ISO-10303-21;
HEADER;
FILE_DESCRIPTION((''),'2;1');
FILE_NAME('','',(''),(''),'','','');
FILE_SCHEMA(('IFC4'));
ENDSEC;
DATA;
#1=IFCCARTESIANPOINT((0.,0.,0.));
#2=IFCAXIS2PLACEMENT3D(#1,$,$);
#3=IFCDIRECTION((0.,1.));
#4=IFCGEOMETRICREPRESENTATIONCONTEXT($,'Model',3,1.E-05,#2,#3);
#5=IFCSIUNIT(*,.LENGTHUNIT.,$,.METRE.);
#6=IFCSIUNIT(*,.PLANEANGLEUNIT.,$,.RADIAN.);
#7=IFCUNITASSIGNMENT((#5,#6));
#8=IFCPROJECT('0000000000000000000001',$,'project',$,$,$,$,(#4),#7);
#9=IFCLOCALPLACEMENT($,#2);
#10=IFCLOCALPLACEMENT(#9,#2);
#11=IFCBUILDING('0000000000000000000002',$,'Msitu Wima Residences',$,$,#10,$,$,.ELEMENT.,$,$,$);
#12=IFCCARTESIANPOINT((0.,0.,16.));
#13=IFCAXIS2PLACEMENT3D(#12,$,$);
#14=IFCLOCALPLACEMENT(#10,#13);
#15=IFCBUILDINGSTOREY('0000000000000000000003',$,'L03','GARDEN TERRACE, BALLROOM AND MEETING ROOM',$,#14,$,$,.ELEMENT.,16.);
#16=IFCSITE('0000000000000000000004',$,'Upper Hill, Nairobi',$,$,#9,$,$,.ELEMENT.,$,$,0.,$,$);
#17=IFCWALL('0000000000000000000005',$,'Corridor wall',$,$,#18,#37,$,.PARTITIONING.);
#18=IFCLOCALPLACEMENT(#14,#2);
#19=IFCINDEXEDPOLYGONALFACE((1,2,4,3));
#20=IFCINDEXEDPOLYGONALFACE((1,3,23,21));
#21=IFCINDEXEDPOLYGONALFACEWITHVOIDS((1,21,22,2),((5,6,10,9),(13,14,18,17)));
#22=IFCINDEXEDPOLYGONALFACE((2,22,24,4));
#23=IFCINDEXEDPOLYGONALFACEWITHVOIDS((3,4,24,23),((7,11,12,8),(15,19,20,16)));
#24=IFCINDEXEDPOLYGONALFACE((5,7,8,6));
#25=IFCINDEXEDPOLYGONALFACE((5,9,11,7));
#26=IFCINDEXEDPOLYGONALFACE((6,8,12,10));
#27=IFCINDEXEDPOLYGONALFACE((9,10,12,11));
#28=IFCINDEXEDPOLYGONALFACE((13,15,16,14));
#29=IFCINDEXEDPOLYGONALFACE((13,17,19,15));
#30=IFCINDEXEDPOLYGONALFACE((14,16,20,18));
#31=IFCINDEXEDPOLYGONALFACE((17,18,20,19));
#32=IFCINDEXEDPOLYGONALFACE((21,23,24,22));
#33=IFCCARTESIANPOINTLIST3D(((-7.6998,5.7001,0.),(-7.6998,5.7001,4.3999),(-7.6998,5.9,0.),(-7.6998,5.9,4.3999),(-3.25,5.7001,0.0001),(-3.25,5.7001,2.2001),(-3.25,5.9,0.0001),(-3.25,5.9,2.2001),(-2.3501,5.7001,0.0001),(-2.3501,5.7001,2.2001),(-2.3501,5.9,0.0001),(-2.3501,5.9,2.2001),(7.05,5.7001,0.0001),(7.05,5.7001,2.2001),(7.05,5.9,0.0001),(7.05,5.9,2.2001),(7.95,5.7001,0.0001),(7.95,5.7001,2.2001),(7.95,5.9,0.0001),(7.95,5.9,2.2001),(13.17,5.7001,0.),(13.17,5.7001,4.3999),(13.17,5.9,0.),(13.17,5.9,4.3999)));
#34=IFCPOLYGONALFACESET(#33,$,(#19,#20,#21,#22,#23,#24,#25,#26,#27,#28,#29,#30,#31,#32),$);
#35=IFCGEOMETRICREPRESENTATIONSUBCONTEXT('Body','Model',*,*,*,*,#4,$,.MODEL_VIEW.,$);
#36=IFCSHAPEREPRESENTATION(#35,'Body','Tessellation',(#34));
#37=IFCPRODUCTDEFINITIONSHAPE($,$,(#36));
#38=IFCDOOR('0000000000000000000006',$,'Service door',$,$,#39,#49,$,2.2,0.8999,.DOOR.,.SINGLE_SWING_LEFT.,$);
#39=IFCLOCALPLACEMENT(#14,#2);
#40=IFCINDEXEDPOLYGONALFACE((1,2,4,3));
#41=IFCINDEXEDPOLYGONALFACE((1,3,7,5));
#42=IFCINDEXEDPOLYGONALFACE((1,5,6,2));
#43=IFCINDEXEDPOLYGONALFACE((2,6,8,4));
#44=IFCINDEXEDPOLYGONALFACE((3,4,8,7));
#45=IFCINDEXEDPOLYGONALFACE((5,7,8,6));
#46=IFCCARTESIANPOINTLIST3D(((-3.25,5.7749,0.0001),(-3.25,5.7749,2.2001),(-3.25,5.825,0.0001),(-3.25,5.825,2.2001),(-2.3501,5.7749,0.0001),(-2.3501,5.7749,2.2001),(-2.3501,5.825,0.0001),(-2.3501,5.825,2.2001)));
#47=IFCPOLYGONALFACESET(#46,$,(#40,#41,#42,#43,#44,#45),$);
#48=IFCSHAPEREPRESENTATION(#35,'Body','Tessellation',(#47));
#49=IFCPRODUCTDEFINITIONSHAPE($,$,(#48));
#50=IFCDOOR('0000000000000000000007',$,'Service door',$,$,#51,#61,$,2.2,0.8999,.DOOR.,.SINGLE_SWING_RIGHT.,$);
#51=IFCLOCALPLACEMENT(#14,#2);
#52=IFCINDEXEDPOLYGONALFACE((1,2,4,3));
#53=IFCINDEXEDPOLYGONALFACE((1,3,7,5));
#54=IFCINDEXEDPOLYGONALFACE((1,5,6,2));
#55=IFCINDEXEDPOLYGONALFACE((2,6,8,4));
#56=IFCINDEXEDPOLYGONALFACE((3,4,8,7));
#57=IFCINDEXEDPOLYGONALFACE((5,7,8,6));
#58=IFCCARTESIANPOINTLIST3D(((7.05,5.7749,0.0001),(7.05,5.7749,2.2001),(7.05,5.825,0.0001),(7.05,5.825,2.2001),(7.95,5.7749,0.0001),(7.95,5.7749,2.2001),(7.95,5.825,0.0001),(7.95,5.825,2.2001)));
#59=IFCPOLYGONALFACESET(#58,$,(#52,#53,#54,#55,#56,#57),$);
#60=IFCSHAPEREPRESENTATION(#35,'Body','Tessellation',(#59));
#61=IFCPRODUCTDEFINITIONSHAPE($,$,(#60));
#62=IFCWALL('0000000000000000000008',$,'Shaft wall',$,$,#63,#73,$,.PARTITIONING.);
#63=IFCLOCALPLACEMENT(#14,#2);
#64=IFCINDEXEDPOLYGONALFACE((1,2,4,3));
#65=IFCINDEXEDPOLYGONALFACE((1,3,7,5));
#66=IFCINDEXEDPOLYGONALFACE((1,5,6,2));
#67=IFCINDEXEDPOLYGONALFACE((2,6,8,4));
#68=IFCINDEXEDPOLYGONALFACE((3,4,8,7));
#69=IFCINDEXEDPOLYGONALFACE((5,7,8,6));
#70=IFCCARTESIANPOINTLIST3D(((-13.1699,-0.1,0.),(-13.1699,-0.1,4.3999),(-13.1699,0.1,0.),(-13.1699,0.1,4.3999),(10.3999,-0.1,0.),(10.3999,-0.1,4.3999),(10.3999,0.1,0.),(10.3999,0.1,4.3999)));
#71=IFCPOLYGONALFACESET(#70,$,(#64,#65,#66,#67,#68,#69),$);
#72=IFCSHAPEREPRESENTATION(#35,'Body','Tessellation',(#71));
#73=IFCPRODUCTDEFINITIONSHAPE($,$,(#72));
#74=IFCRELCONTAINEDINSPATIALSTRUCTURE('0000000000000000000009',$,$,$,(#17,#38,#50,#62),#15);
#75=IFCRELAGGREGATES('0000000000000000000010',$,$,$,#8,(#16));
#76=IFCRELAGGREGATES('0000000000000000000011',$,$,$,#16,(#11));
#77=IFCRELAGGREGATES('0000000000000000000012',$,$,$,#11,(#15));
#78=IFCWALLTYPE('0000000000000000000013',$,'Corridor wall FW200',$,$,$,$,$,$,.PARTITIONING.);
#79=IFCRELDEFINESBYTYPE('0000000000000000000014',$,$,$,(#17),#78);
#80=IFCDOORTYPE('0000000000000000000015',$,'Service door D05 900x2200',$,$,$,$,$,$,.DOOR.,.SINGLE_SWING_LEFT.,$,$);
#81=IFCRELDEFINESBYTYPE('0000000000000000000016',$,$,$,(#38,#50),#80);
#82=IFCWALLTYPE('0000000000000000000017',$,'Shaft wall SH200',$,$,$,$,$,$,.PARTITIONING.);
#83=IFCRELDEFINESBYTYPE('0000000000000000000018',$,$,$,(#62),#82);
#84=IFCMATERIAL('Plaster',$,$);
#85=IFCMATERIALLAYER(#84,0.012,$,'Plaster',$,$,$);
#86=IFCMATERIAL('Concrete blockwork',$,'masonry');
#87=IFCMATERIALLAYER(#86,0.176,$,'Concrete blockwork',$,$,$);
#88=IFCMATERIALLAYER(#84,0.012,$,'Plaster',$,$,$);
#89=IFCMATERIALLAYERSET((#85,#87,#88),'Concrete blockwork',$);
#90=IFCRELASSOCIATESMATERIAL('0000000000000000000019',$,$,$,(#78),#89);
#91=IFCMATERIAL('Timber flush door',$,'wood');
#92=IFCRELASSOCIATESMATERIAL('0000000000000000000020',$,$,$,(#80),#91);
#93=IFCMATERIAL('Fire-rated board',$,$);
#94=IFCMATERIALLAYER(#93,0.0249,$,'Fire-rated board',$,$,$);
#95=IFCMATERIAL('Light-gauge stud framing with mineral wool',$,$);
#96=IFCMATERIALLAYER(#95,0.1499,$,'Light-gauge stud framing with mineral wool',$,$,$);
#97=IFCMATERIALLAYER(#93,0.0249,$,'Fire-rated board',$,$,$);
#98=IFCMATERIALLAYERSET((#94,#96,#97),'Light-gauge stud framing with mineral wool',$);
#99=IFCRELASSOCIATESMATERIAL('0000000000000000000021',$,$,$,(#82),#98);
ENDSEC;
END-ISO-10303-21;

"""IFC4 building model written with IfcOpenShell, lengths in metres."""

from ifc_helpers import new_model, si_unit, direction, frame, frame_2d, origin, place, context, subcontext, project, spatial, rectangle, extrude, material, layer, layer_set, type_object, element, fill, save


model = new_model("IFC4")

# Units and contexts
model_context = context("Model", 3, precision=1e-05, world=origin(), true_north=direction((0.0, 1.0)))
body_context = subcontext(model_context, "Body", "Model", "MODEL_VIEW")
ifc_project = project(units=[si_unit("LENGTHUNIT", "METRE"), si_unit("PLANEANGLEUNIT", "RADIAN")], contexts=[model_context])

# Site, building, storey
site_placement = place(None, origin())
site = spatial("IfcSite", under=ifc_project, at=site_placement, Name="Upper Hill, Nairobi", CompositionType="ELEMENT", RefElevation=0.0)
building_placement = place(site_placement, origin())
building = spatial("IfcBuilding", under=site, at=building_placement, Name="Msitu Wima Residences", CompositionType="ELEMENT")
storey_placement = place(building_placement, frame((0.0, 0.0, 16.0)))
storey = spatial("IfcBuildingStorey", under=building, at=storey_placement, Name="L03", Description="GARDEN TERRACE, BALLROOM AND MEETING ROOM", CompositionType="ELEMENT", Elevation=16.0)

# Shared definitions
ifc_material_1 = material(Name="Plaster")
ifc_layer_1 = layer(ifc_material_1, 0.012, Name="Plaster")
ifc_material_2 = material(Name="Concrete blockwork", Category="masonry")
ifc_layer_2 = layer(ifc_material_2, 0.176, Name="Concrete blockwork")
ifc_layer_3 = layer(ifc_material_1, 0.012, Name="Plaster")
ifc_layer_set_1 = layer_set([ifc_layer_1, ifc_layer_2, ifc_layer_3], Name="Concrete blockwork")
wall_type_1 = type_object("IfcWallType", Name="Corridor wall FW200", PredefinedType="PARTITIONING", material=ifc_layer_set_1)

# Wall, openings, doors
wall_1_placement = place(storey_placement, frame((-7.7, 5.8, 0.0), z_axis=(0.0, 0.0, 1.0), x_axis=(1.0, 0.0, 0.0)))
wall_1 = element("IfcWall", 1, at=wall_1_placement, inside=storey, type_object=wall_type_1, Name="Corridor wall", PredefinedType="PARTITIONING", context=body_context, shape_type="SweptSolid", body=[
    extrude(rectangle(XDim=20.8699, YDim=0.2, at=frame_2d((10.4351, 0.0))), origin(), (0.0, 0.0, 1.0), 4.3999),
])
opening_1_placement = place(wall_1_placement, frame((4.45, 0.0, 0.0)))
opening_1 = element("IfcOpeningElement", 2, at=opening_1_placement, cuts=wall_1, PredefinedType="OPENING", context=body_context, shape_type="SweptSolid", body=[
    extrude(rectangle(XDim=0.8999, YDim=2.2, at=frame_2d((0.45, 1.1001))), frame((0.0, 0.1099, 0.0), z_axis=(0.0, -1.0, 0.0), x_axis=(1.0, 0.0, 0.0)), (0.0, 0.0, 1.0), 0.22),
])
opening_2_placement = place(wall_1_placement, frame((14.75, 0.0, 0.0)))
opening_2 = element("IfcOpeningElement", 3, at=opening_2_placement, cuts=wall_1, PredefinedType="OPENING", context=body_context, shape_type="SweptSolid", body=[
    extrude(rectangle(XDim=0.8999, YDim=2.2, at=frame_2d((0.45, 1.1001))), frame((0.0, 0.1099, 0.0), z_axis=(0.0, -1.0, 0.0), x_axis=(1.0, 0.0, 0.0)), (0.0, 0.0, 1.0), 0.22),
])
ifc_material_3 = material(Name="Timber flush door", Category="wood")
door_type_1 = type_object("IfcDoorType", Name="Service door D05 900x2200", OperationType="SINGLE_SWING_LEFT", PredefinedType="DOOR", material=ifc_material_3)
door_1_placement = place(opening_1_placement, origin())
door_1 = element("IfcDoor", 4, at=door_1_placement, inside=storey, type_object=door_type_1, Name="Service door", OperationType="SINGLE_SWING_LEFT", OverallHeight=2.2, OverallWidth=0.8999, PredefinedType="DOOR", context=body_context, shape_type="SweptSolid", body=[
    extrude(rectangle(XDim=0.8999, YDim=2.2, at=frame_2d((0.45, 1.1001))), frame((0.0, 0.0249, 0.0), z_axis=(0.0, -1.0, 0.0), x_axis=(1.0, 0.0, 0.0)), (0.0, 0.0, 1.0), 0.05),
])
fill(opening_1, door_1)
door_2_placement = place(opening_2_placement, origin())
door_2 = element("IfcDoor", 5, at=door_2_placement, inside=storey, type_object=door_type_1, Name="Service door", OperationType="SINGLE_SWING_RIGHT", OverallHeight=2.2, OverallWidth=0.8999, PredefinedType="DOOR", context=body_context, shape_type="SweptSolid", body=[
    extrude(rectangle(XDim=0.8999, YDim=2.2, at=frame_2d((0.45, 1.1001))), frame((0.0, 0.0249, 0.0), z_axis=(0.0, -1.0, 0.0), x_axis=(1.0, 0.0, 0.0)), (0.0, 0.0, 1.0), 0.05),
])
fill(opening_2, door_2)

# Wall
ifc_material_4 = material(Name="Fire-rated board")
ifc_layer_4 = layer(ifc_material_4, 0.0249, Name="Fire-rated board")
ifc_material_5 = material(Name="Light-gauge stud framing with mineral wool")
ifc_layer_5 = layer(ifc_material_5, 0.1499, Name="Light-gauge stud framing with mineral wool")
ifc_layer_6 = layer(ifc_material_4, 0.0249, Name="Fire-rated board")
ifc_layer_set_2 = layer_set([ifc_layer_4, ifc_layer_5, ifc_layer_6], Name="Light-gauge stud framing with mineral wool")
wall_type_2 = type_object("IfcWallType", Name="Shaft wall SH200", PredefinedType="PARTITIONING", material=ifc_layer_set_2)
wall_2_placement = place(storey_placement, frame((-13.1699, 0.0, 0.0), z_axis=(0.0, 0.0, 1.0), x_axis=(1.0, 0.0, 0.0)))
element("IfcWall", 6, at=wall_2_placement, inside=storey, type_object=wall_type_2, Name="Shaft wall", PredefinedType="PARTITIONING", context=body_context, shape_type="SweptSolid", body=[
    extrude(rectangle(XDim=23.5698, YDim=0.2, at=frame_2d((11.7849, 0.0))), origin(), (0.0, 0.0, 1.0), 4.3999),
])

save(model, "model.ifc")
